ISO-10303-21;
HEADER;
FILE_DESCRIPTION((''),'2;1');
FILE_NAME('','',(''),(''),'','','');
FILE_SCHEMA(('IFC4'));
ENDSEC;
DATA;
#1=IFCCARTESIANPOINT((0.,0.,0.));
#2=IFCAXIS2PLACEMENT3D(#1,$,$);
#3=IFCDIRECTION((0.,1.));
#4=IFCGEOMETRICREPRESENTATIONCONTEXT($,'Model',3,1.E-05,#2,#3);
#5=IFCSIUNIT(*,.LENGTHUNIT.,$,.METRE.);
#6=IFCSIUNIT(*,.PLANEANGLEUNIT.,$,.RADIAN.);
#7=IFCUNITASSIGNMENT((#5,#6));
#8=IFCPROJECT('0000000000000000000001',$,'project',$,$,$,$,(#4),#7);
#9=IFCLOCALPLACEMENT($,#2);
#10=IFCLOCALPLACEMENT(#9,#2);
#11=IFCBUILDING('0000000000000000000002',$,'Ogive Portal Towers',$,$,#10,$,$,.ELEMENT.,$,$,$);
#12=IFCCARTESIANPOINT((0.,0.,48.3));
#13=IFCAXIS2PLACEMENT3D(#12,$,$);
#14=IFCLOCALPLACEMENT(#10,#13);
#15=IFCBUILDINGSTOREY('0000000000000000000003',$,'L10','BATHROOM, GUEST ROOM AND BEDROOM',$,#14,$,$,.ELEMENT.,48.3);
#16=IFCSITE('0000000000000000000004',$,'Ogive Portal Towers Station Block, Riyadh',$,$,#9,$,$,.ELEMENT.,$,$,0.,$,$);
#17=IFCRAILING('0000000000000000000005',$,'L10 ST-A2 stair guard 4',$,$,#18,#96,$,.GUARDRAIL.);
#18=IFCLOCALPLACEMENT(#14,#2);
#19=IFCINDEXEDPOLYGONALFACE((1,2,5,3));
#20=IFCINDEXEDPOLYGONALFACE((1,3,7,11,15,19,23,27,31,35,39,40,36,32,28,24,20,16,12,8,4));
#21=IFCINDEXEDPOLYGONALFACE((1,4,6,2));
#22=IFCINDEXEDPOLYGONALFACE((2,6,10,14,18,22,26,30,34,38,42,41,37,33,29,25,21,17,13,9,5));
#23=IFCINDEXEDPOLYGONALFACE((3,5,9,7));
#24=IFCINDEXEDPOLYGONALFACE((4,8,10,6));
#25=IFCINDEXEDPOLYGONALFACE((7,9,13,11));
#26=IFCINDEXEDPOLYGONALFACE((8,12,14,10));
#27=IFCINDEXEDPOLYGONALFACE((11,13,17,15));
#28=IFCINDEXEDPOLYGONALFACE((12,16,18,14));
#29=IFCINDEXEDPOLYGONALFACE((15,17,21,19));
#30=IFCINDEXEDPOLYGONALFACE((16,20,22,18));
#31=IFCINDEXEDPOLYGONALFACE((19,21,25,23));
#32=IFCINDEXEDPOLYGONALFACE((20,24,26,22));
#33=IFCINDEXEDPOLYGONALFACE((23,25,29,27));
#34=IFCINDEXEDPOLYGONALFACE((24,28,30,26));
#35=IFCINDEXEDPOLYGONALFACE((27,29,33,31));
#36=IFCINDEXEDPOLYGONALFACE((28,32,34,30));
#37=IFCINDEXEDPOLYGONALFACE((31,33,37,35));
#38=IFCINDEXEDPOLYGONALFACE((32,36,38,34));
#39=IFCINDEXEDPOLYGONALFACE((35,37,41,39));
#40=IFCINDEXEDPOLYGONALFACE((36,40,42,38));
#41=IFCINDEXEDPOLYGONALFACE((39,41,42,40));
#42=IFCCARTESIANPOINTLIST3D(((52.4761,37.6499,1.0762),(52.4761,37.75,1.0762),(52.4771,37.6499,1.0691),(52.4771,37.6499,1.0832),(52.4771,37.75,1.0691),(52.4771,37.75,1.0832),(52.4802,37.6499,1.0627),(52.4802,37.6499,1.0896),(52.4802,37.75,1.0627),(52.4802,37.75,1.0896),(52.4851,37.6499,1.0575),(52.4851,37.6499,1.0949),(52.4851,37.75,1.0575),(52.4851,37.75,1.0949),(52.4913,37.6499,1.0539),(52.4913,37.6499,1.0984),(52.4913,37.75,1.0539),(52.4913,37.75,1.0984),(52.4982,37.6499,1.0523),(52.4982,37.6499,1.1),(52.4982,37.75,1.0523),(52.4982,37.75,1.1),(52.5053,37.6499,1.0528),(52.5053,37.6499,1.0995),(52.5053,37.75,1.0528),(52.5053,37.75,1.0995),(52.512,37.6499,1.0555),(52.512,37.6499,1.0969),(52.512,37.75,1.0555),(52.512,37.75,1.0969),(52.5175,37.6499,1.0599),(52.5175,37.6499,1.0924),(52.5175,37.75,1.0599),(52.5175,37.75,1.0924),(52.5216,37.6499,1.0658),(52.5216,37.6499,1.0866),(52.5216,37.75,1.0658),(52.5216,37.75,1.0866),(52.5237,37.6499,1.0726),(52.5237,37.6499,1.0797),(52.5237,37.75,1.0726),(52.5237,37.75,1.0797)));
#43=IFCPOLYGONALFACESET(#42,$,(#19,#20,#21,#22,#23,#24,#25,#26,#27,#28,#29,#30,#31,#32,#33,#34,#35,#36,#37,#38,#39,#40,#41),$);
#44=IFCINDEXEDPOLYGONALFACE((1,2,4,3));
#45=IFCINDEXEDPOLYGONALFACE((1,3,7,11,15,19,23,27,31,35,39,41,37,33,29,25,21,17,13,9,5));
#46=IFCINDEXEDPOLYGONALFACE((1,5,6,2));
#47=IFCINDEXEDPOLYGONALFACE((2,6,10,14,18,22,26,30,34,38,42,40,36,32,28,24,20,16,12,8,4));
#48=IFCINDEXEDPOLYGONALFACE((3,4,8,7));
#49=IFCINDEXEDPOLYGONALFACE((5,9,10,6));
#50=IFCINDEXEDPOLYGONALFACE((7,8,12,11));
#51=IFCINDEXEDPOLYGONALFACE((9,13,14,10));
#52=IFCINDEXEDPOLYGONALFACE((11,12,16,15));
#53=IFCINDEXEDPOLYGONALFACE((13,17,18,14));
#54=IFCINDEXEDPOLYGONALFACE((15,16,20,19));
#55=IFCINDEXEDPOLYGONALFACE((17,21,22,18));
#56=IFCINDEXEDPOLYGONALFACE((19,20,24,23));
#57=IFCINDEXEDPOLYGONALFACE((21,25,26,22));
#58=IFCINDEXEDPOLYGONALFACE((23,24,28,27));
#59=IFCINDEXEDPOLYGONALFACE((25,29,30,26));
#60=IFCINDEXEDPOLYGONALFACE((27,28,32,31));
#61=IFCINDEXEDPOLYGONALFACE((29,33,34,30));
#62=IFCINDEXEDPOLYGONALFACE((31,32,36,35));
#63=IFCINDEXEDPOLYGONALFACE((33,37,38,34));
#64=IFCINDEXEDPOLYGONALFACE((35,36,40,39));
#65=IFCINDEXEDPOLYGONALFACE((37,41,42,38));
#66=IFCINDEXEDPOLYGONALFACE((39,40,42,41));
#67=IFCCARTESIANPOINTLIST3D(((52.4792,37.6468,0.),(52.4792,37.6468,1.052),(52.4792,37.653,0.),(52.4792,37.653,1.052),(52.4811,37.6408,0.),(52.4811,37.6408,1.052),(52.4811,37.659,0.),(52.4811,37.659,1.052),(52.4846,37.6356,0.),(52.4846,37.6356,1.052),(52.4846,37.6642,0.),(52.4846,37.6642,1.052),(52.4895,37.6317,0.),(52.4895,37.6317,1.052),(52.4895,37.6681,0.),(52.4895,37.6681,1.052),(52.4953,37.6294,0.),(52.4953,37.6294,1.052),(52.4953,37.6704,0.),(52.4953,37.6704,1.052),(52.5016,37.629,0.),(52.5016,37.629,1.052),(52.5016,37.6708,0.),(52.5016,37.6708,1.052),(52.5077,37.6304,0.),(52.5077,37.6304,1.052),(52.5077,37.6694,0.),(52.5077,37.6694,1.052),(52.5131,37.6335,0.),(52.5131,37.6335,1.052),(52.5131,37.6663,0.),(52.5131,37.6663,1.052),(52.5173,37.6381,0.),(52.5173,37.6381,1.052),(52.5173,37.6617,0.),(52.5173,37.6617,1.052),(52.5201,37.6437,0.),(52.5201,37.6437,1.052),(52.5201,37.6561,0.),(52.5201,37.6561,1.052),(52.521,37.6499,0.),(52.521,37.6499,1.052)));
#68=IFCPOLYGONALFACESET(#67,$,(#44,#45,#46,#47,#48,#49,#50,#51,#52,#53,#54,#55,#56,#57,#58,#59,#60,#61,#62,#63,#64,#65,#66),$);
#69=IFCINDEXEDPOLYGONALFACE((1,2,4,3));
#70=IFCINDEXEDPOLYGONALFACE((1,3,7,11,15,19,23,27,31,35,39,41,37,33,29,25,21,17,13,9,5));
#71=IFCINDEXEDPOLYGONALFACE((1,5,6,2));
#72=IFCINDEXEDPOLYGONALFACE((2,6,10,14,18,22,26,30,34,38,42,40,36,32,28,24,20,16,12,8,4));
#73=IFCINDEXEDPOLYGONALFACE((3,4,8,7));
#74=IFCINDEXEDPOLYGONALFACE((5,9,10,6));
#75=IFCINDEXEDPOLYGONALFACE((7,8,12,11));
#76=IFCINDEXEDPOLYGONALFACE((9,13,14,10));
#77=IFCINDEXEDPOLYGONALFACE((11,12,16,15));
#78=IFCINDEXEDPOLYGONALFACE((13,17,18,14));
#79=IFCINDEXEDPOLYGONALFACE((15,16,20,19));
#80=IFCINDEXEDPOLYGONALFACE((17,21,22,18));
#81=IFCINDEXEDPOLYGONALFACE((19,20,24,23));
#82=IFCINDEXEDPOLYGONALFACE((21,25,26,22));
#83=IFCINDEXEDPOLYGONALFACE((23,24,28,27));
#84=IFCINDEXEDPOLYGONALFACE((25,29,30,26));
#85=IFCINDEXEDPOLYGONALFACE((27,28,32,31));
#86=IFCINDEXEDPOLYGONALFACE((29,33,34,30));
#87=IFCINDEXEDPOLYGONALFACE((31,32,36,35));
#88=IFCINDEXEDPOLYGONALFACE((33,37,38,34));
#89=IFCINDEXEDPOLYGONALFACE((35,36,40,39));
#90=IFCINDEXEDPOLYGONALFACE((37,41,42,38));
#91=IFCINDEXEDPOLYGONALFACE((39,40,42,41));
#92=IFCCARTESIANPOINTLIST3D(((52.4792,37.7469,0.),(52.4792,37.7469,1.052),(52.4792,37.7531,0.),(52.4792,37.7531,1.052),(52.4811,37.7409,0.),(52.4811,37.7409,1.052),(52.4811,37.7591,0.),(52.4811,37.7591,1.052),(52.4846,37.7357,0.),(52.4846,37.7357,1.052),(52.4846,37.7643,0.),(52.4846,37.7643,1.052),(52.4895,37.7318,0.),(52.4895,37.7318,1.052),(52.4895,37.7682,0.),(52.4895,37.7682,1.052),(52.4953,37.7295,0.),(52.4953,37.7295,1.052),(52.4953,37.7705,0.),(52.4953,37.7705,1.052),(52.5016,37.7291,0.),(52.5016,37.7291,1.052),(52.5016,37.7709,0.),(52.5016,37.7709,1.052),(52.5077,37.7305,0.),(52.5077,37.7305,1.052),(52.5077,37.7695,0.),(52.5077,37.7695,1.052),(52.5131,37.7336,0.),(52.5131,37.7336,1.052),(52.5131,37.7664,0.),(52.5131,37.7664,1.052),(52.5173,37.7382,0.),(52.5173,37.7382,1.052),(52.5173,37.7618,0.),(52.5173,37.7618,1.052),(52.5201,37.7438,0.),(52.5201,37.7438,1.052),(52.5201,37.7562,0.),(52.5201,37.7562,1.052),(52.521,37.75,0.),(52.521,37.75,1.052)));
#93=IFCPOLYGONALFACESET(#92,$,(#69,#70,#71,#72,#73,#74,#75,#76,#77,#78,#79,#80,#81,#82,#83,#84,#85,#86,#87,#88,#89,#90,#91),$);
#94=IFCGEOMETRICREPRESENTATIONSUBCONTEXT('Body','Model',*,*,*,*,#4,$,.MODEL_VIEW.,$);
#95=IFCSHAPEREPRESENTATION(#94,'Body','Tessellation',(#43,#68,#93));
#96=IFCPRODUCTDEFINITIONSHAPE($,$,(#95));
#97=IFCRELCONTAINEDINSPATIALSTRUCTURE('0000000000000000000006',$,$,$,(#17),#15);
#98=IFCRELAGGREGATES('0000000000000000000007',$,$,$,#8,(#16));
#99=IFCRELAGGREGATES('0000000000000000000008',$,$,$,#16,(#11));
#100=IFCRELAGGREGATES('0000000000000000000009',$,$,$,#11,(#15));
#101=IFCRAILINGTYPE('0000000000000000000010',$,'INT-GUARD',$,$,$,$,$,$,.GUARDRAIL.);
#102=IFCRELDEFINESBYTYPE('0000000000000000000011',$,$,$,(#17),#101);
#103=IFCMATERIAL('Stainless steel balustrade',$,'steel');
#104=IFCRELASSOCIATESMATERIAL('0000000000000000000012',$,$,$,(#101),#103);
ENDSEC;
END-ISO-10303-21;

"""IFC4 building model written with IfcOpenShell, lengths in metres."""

from ifc_helpers import new_model, si_unit, direction, frame, origin, origin_2d, place, context, subcontext, project, spatial, circle, extrude, material, type_object, element, save


model = new_model("IFC4")

# Units and contexts
model_context = context("Model", 3, precision=1e-05, world=origin(), true_north=direction((0.0, 1.0)))
body_context = subcontext(model_context, "Body", "Model", "MODEL_VIEW")
ifc_project = project(units=[si_unit("LENGTHUNIT", "METRE"), si_unit("PLANEANGLEUNIT", "RADIAN")], contexts=[model_context])

# Site, building, storey
site_placement = place(None, origin())
site = spatial("IfcSite", under=ifc_project, at=site_placement, Name="Ogive Portal Towers Station Block, Riyadh", CompositionType="ELEMENT", RefElevation=0.0)
building_placement = place(site_placement, origin())
building = spatial("IfcBuilding", under=site, at=building_placement, Name="Ogive Portal Towers", CompositionType="ELEMENT")
storey_placement = place(building_placement, frame((0.0, 0.0, 48.3)))
storey = spatial("IfcBuildingStorey", under=building, at=storey_placement, Name="L10", Description="BATHROOM, GUEST ROOM AND BEDROOM", CompositionType="ELEMENT", Elevation=48.3)

# Railing
ifc_material_1 = material(Name="Stainless steel balustrade", Category="steel")
railing_type_1 = type_object("IfcRailingType", Name="INT-GUARD", PredefinedType="GUARDRAIL", material=ifc_material_1)
railing_1_placement = place(storey_placement, frame((52.5, 37.6499, 0.0)))
element("IfcRailing", 1, at=railing_1_placement, inside=storey, type_object=railing_type_1, Name="L10 ST-A2 stair guard 4", PredefinedType="GUARDRAIL", context=body_context, shape_type="SweptSolid", body=[
    extrude(circle(Radius=0.0239, at=origin_2d()), frame((0.0, 0.0, 1.0762), z_axis=(0.0, 1.0, 0.0), x_axis=(-1.0, 0.0, 0.0)), (0.0, 0.0, 1.0), 0.1001),
    extrude(circle(Radius=0.021, at=origin_2d()), origin(), (0.0, 0.0, 1.0), 1.052),
    extrude(circle(Radius=0.021, at=origin_2d()), frame((0.0, 0.1001, 0.0)), (0.0, 0.0, 1.0), 1.052),
])

save(model, "model.ifc")
